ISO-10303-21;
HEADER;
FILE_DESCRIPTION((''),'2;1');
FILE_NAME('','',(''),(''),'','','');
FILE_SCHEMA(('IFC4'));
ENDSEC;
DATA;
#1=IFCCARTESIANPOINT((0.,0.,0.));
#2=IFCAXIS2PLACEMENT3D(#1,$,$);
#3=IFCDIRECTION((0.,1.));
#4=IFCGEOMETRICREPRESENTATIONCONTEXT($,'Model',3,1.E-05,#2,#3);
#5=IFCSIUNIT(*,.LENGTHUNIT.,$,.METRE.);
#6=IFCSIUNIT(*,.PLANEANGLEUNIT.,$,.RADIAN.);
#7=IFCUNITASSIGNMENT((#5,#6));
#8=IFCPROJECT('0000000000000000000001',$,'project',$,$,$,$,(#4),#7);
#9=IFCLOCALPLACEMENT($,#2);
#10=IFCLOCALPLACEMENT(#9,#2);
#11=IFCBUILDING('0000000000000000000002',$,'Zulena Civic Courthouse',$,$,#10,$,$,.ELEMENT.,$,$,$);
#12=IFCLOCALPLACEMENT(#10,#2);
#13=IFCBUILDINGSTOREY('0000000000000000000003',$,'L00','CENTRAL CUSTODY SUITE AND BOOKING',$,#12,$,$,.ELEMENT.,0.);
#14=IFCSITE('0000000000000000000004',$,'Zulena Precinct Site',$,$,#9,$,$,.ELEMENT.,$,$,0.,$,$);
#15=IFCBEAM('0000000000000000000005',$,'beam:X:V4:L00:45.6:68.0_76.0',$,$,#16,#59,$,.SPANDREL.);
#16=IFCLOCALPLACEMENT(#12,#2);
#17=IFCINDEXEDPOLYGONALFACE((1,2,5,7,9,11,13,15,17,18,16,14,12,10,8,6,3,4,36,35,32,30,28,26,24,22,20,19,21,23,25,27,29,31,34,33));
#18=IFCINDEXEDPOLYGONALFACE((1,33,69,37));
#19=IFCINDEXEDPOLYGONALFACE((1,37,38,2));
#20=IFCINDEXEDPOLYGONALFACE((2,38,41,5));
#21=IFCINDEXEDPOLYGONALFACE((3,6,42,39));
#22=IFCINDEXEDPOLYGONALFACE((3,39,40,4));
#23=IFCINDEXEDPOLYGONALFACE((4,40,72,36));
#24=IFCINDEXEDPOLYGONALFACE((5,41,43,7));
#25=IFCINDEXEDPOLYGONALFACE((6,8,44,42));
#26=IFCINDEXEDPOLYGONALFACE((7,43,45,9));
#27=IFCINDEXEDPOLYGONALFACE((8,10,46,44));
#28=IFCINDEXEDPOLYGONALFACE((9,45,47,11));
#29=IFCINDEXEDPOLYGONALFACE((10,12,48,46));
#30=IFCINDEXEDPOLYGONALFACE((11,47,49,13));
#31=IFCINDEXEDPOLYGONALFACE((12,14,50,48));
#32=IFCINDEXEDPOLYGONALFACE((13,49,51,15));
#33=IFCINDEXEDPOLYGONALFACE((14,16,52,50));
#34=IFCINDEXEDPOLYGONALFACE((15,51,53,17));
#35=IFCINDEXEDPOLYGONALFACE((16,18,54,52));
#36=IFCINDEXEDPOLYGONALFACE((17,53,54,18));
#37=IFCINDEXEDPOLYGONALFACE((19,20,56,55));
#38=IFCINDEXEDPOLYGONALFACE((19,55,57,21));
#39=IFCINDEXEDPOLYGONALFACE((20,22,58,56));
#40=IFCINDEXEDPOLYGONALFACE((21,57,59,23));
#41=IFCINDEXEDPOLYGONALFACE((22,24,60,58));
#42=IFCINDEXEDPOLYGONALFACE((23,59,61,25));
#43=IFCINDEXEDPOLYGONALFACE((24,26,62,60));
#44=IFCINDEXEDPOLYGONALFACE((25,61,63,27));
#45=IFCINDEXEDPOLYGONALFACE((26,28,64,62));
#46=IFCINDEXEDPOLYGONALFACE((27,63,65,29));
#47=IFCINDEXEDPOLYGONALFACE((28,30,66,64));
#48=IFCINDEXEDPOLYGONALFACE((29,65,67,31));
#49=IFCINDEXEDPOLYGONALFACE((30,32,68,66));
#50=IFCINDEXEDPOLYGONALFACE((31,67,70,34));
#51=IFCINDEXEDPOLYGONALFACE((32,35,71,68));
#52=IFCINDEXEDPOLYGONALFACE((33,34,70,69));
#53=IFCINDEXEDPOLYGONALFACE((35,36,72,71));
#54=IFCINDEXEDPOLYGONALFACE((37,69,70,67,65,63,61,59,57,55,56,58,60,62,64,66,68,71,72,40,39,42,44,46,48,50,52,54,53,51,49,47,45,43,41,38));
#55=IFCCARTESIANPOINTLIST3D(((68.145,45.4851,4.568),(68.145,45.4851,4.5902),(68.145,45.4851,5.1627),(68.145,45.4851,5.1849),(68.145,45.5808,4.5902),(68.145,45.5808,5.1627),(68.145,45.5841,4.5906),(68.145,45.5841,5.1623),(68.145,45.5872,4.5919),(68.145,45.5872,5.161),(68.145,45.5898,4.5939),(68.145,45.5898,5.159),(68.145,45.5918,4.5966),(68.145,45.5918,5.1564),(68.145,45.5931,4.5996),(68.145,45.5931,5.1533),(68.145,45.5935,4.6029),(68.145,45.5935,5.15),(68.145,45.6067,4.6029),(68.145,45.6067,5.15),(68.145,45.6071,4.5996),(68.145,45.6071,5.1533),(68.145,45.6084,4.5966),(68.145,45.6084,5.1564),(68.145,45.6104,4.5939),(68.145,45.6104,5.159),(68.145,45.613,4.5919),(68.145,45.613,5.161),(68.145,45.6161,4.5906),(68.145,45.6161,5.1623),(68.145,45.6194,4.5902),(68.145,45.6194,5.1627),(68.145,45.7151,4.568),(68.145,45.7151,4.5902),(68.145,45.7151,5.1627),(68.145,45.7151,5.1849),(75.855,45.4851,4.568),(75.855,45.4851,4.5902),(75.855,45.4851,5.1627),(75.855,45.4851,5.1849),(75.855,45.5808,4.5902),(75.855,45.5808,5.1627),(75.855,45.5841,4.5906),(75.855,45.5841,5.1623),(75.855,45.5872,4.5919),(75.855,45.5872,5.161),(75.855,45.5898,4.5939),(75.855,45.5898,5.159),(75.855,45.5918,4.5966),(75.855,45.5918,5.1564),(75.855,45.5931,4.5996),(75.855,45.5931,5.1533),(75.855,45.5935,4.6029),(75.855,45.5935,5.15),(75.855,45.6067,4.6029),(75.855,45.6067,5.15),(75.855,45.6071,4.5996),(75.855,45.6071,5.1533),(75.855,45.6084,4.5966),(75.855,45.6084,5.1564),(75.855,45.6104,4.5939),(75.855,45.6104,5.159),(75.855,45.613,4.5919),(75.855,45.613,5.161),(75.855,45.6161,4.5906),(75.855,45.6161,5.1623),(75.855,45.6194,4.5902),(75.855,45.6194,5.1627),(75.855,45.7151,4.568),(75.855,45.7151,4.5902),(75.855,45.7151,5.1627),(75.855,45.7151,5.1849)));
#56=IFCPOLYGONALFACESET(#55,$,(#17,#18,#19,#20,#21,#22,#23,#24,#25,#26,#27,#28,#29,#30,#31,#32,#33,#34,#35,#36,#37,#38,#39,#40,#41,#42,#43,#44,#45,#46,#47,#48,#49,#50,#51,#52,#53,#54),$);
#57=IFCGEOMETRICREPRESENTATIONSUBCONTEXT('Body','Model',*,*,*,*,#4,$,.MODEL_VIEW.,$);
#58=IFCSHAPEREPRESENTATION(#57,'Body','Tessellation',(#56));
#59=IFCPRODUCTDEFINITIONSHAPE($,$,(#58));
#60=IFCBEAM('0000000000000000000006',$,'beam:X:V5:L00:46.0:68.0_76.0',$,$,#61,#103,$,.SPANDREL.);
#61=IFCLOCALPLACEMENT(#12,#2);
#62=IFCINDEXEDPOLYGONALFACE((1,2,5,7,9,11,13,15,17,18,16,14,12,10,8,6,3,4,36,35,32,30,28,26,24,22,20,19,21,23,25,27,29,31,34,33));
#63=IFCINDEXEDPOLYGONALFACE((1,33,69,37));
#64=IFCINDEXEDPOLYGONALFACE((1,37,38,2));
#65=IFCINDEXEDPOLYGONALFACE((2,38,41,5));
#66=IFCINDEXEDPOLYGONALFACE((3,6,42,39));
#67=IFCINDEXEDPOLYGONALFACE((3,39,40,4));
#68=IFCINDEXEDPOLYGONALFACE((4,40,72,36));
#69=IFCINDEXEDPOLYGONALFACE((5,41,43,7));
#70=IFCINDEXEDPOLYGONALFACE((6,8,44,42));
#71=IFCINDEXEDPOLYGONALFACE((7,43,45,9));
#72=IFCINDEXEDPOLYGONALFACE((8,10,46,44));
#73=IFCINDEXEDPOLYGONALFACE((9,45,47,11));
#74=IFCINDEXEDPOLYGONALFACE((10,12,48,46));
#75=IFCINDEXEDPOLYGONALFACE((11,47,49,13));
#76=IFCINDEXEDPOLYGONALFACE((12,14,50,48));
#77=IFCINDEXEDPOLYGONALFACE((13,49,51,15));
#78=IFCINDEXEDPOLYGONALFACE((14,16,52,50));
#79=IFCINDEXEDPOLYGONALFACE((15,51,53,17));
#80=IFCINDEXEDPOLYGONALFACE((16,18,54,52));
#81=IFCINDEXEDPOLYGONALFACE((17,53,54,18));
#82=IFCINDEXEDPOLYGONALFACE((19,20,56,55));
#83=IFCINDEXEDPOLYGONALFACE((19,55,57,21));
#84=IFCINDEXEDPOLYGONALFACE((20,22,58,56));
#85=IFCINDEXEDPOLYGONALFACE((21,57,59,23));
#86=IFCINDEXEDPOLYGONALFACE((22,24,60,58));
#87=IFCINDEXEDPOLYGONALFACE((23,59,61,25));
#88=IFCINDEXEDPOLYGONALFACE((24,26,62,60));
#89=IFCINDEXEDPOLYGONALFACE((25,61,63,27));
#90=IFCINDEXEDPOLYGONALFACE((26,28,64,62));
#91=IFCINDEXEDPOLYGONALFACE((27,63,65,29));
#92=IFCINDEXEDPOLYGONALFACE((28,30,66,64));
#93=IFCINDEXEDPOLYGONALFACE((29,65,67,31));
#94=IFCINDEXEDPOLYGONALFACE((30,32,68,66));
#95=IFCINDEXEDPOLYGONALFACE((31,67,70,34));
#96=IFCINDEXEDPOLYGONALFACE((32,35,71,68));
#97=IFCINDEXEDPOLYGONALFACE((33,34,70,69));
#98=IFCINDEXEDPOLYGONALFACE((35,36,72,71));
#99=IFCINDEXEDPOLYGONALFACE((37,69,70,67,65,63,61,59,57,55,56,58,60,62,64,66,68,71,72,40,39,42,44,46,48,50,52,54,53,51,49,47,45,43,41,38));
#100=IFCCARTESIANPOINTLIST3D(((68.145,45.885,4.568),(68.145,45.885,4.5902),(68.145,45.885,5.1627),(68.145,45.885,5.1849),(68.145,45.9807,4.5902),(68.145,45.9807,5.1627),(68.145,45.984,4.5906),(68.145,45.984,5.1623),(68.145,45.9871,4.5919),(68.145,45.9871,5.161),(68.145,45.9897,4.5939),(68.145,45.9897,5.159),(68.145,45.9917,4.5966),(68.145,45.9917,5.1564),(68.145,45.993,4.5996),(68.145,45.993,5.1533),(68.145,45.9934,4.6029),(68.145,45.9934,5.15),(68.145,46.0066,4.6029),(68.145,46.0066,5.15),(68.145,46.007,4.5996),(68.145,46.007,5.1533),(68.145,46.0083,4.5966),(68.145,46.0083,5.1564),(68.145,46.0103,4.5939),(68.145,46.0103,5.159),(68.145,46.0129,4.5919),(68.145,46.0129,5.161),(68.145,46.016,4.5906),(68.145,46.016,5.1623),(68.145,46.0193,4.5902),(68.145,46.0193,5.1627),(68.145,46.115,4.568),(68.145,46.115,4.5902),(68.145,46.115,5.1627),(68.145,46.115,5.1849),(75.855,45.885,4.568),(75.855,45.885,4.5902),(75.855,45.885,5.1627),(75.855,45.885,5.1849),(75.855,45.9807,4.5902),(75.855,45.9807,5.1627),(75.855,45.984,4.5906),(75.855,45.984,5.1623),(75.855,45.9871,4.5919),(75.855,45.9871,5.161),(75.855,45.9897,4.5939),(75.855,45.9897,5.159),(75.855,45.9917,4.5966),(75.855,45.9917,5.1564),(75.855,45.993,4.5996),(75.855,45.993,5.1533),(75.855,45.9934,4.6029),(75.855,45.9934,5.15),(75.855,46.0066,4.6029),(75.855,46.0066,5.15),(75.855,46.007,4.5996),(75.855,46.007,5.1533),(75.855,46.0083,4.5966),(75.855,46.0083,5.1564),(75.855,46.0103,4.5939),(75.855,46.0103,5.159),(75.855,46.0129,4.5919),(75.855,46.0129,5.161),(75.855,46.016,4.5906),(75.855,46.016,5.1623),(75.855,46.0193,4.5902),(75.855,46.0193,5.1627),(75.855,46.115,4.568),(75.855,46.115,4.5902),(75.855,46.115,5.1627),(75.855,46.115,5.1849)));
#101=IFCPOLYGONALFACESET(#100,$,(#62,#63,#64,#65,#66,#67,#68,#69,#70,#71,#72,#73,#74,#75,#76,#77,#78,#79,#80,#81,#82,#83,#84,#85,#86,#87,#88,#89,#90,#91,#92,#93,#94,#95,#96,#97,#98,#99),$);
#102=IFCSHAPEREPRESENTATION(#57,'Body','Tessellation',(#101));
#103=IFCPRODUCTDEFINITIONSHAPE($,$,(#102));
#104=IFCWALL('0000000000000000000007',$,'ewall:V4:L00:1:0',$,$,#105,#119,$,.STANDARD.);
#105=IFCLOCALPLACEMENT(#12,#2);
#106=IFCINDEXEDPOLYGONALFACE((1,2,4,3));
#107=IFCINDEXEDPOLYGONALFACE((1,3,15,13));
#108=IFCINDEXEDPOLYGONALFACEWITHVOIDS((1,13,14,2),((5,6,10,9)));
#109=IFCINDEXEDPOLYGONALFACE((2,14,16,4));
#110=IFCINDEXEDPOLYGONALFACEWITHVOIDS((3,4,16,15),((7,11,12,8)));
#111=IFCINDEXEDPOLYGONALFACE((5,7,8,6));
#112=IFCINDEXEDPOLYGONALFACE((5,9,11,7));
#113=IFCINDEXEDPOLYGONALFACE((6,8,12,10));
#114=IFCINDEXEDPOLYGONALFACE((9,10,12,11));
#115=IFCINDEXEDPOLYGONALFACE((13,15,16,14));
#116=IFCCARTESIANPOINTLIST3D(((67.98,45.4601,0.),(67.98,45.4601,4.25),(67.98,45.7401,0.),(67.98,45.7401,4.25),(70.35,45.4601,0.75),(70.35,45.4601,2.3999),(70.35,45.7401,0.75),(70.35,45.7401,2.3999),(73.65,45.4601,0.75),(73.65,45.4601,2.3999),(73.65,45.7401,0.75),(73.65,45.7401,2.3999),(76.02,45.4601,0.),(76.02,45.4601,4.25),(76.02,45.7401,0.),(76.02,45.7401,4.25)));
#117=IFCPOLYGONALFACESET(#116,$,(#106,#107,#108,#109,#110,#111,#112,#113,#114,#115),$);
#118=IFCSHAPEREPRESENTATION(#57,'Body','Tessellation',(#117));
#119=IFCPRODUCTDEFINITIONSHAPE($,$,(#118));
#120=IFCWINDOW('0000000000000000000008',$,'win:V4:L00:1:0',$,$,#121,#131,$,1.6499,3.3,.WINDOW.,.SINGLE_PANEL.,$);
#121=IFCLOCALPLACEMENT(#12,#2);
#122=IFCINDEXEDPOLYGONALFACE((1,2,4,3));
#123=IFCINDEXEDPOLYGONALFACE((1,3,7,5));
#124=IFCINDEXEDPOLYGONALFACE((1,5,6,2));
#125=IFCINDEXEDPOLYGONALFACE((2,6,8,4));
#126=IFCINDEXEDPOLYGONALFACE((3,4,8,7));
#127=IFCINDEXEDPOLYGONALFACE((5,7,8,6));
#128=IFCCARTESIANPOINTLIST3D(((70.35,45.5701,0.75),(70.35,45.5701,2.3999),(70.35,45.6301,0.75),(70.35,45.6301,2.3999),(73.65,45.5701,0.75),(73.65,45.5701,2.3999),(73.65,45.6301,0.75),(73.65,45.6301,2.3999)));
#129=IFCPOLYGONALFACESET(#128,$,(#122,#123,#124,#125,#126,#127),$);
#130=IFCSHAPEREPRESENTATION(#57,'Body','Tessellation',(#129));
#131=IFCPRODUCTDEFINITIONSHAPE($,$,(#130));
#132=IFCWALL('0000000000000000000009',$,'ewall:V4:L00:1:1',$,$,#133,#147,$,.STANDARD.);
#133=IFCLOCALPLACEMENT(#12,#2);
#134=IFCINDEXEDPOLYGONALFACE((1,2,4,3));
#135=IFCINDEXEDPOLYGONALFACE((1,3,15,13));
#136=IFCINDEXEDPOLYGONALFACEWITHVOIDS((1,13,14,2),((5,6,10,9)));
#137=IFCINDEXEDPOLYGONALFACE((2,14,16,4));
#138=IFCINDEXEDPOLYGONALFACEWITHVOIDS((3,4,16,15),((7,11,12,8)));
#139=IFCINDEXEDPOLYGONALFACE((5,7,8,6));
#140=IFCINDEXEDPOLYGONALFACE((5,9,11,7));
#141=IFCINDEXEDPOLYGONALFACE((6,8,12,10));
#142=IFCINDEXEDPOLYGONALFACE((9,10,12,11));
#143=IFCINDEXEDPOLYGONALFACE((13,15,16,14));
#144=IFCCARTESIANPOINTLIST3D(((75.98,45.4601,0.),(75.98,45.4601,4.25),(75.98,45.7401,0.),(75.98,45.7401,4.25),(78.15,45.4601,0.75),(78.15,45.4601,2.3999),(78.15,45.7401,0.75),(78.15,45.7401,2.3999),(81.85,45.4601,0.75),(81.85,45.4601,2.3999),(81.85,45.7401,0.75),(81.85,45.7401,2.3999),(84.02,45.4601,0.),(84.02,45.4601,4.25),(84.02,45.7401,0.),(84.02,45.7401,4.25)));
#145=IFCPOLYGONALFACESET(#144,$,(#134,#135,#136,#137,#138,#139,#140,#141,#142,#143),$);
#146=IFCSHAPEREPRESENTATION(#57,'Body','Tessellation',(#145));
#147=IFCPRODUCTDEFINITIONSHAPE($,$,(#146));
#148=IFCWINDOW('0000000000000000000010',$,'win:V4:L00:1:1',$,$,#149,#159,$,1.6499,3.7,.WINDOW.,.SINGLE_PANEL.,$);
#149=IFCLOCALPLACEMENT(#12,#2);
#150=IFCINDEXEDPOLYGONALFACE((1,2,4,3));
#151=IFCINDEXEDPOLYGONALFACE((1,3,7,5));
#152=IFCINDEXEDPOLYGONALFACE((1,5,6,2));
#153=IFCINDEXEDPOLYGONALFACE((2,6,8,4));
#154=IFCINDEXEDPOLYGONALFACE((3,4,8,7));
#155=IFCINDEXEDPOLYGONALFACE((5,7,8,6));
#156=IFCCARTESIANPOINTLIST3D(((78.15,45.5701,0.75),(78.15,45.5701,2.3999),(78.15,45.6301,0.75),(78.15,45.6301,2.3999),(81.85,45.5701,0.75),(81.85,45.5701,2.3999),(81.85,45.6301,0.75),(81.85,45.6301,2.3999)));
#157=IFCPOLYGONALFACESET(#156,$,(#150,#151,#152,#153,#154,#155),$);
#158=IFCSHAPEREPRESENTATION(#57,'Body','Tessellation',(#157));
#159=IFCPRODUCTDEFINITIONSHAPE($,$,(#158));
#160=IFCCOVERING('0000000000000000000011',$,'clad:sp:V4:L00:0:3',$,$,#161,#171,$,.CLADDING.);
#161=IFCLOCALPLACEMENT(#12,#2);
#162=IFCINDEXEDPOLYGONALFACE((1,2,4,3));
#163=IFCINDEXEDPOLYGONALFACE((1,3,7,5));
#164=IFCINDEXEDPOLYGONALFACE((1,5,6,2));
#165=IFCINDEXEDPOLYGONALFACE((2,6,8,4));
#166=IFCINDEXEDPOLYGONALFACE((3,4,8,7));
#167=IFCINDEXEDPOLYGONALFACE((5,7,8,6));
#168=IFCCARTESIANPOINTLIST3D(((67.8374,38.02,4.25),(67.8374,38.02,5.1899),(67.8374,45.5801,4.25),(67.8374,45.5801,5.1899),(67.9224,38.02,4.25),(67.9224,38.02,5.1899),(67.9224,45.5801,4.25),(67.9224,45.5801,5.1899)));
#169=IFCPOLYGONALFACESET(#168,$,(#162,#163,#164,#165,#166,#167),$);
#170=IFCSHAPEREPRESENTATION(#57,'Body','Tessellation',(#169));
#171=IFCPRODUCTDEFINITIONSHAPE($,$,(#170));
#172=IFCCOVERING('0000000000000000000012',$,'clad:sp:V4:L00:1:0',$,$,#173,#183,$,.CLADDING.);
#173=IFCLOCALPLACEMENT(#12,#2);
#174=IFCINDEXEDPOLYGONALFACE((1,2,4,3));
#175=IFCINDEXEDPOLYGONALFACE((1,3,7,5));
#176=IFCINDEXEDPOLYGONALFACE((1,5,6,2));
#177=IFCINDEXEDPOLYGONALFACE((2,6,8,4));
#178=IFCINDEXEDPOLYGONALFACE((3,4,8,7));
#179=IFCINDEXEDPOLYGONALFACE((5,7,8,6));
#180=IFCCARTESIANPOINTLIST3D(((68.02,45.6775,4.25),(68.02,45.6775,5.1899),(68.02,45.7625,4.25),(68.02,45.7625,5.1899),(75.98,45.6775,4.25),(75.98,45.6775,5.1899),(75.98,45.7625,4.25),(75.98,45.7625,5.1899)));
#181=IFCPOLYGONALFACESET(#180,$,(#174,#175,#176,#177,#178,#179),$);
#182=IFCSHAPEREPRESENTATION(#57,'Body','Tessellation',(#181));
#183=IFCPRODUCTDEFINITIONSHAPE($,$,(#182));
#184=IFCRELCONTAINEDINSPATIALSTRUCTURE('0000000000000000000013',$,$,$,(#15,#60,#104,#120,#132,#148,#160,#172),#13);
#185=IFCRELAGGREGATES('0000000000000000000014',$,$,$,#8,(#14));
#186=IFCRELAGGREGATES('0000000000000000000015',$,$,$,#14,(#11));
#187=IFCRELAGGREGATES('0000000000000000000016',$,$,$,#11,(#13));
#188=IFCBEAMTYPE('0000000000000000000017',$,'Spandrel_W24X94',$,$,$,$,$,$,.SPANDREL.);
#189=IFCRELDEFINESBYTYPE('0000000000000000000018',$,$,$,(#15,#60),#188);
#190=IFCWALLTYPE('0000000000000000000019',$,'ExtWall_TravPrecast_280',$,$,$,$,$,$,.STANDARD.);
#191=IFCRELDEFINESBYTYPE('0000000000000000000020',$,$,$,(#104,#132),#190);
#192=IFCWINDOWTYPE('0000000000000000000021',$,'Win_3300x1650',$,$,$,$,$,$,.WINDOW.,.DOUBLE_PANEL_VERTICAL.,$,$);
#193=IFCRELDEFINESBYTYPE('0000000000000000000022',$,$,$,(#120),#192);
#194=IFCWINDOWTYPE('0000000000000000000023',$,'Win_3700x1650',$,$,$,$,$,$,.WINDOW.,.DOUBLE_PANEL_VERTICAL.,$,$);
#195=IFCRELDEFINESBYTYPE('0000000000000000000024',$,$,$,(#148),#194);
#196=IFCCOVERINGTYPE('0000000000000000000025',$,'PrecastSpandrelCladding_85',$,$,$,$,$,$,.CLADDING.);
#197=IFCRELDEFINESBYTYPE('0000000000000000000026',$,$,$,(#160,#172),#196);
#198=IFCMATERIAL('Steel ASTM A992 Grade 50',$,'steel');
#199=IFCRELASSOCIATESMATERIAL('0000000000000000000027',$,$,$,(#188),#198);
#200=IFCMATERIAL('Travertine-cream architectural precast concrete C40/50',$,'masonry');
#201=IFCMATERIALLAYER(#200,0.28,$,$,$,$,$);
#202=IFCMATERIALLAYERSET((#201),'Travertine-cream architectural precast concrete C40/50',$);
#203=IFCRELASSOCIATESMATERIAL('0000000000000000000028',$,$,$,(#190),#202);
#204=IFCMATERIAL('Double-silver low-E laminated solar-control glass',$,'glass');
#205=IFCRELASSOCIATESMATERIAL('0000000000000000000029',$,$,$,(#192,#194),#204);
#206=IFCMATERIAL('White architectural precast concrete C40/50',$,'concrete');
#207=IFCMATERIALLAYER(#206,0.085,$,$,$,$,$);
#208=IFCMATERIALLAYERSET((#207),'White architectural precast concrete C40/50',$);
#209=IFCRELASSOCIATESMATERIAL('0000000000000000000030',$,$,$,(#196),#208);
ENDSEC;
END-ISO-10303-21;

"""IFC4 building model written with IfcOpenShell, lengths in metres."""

from ifc_helpers import new_model, si_unit, direction, frame, frame_2d, origin, origin_2d, place, context, subcontext, project, spatial, rectangle, i_section, extrude, material, layer, layer_set, material_profile, profile_set, type_object, element, fill, save


model = new_model("IFC4")

# Units and contexts
model_context = context("Model", 3, precision=1e-05, world=origin(), true_north=direction((0.0, 1.0)))
body_context = subcontext(model_context, "Body", "Model", "MODEL_VIEW")
ifc_project = project(units=[si_unit("LENGTHUNIT", "METRE"), si_unit("PLANEANGLEUNIT", "RADIAN")], contexts=[model_context])

# Site, building, storey
site_placement = place(None, origin())
site = spatial("IfcSite", under=ifc_project, at=site_placement, Name="Zulena Precinct Site", CompositionType="ELEMENT", RefElevation=0.0)
building_placement = place(site_placement, origin())
building = spatial("IfcBuilding", under=site, at=building_placement, Name="Zulena Civic Courthouse", CompositionType="ELEMENT")
storey_placement = place(building_placement, origin())
storey = spatial("IfcBuildingStorey", under=building, at=storey_placement, Name="L00", Description="CENTRAL CUSTODY SUITE AND BOOKING", CompositionType="ELEMENT", Elevation=0.0)

# Shared definitions
ifc_material_1 = material(Name="Steel ASTM A992 Grade 50", Category="steel")

# Beams
ifc_material_profile_1 = material_profile(ifc_material_1, i_section(OverallWidth=0.23, OverallDepth=0.6169, WebThickness=0.0132, FlangeThickness=0.0222, FilletRadius=0.0127, at=origin_2d()), Name="W24X94")
ifc_profile_set_1 = profile_set([ifc_material_profile_1], Name="Steel ASTM A992 Grade 50")
beam_type_1 = type_object("IfcBeamType", Name="Spandrel_W24X94", PredefinedType="SPANDREL", material=ifc_profile_set_1)
for number, where, z_axis, x_axis, name in (
    (1, (68.145, 45.6001, 4.8765), (1.0, 0.0, 0.0), (0.0, 1.0, 0.0), "beam:X:V4:L00:45.6:68.0_76.0"),
    (2, (68.145, 46.0, 4.8765), (1.0, 0.0, 0.0), (0.0, 1.0, 0.0), "beam:X:V5:L00:46.0:68.0_76.0"),
):
    element("IfcBeam", number, at=place(storey_placement, frame(where, z_axis=z_axis, x_axis=x_axis)), inside=storey, type_object=beam_type_1, Name=name, PredefinedType="SPANDREL", context=body_context, shape_type="SweptSolid", body=[
        extrude(i_section(OverallWidth=0.23, OverallDepth=0.6169, WebThickness=0.0132, FlangeThickness=0.0222, FilletRadius=0.0127, at=origin_2d()), origin(), (0.0, 0.0, 1.0), 7.71),
    ])

# Walls, openings, windows
ifc_material_2 = material(Name="Travertine-cream architectural precast concrete C40/50", Category="masonry")
ifc_layer_1 = layer(ifc_material_2, 0.28)
ifc_layer_set_1 = layer_set([ifc_layer_1], Name="Travertine-cream architectural precast concrete C40/50")
wall_type_1 = type_object("IfcWallType", Name="ExtWall_TravPrecast_280", PredefinedType="STANDARD", material=ifc_layer_set_1)
wall_1_placement = place(storey_placement, frame((67.98, 45.6001, 0.0), z_axis=(0.0, 0.0, 1.0), x_axis=(1.0, 0.0, 0.0)))
wall_1 = element("IfcWall", 3, at=wall_1_placement, inside=storey, type_object=wall_type_1, Name="ewall:V4:L00:1:0", PredefinedType="STANDARD", context=body_context, shape_type="SweptSolid", body=[
    extrude(rectangle(XDim=8.04, YDim=0.28, at=frame_2d((4.02, 0.0))), origin(), (0.0, 0.0, 1.0), 4.25),
])
opening_1_placement = place(wall_1_placement, frame((2.3701, 0.0, 0.75)))
opening_1 = element("IfcOpeningElement", 4, at=opening_1_placement, cuts=wall_1, PredefinedType="OPENING", context=body_context, shape_type="SweptSolid", body=[
    extrude(rectangle(XDim=3.3, YDim=1.6499, at=frame_2d((1.6499, 0.825))), frame((0.0, 0.1499, 0.0), z_axis=(0.0, -1.0, 0.0), x_axis=(1.0, 0.0, 0.0)), (0.0, 0.0, 1.0), 0.3),
])
ifc_material_3 = material(Name="Double-silver low-E laminated solar-control glass", Category="glass")
window_type_1 = type_object("IfcWindowType", Name="Win_3300x1650", PartitioningType="DOUBLE_PANEL_VERTICAL", PredefinedType="WINDOW", material=ifc_material_3)
window_1_placement = place(opening_1_placement, origin())
window_1 = element("IfcWindow", 5, at=window_1_placement, inside=storey, type_object=window_type_1, Name="win:V4:L00:1:0", OverallHeight=1.6499, OverallWidth=3.3, PartitioningType="SINGLE_PANEL", PredefinedType="WINDOW", context=body_context, shape_type="SweptSolid", body=[
    extrude(rectangle(XDim=3.3, YDim=1.6499, at=frame_2d((1.6499, 0.825))), frame((0.0, 0.03, 0.0), z_axis=(0.0, -1.0, 0.0), x_axis=(1.0, 0.0, 0.0)), (0.0, 0.0, 1.0), 0.0601),
])
fill(opening_1, window_1)
wall_2_placement = place(storey_placement, frame((75.98, 45.6001, 0.0), z_axis=(0.0, 0.0, 1.0), x_axis=(1.0, 0.0, 0.0)))
wall_2 = element("IfcWall", 6, at=wall_2_placement, inside=storey, type_object=wall_type_1, Name="ewall:V4:L00:1:1", PredefinedType="STANDARD", context=body_context, shape_type="SweptSolid", body=[
    extrude(rectangle(XDim=8.04, YDim=0.28, at=frame_2d((4.02, 0.0))), origin(), (0.0, 0.0, 1.0), 4.25),
])
opening_2_placement = place(wall_2_placement, frame((2.1699, 0.0, 0.75)))
opening_2 = element("IfcOpeningElement", 7, at=opening_2_placement, cuts=wall_2, PredefinedType="OPENING", context=body_context, shape_type="SweptSolid", body=[
    extrude(rectangle(XDim=3.7, YDim=1.6499, at=frame_2d((1.8501, 0.825))), frame((0.0, 0.1499, 0.0), z_axis=(0.0, -1.0, 0.0), x_axis=(1.0, 0.0, 0.0)), (0.0, 0.0, 1.0), 0.3),
])
window_type_2 = type_object("IfcWindowType", Name="Win_3700x1650", PartitioningType="DOUBLE_PANEL_VERTICAL", PredefinedType="WINDOW", material=ifc_material_3)
window_2_placement = place(opening_2_placement, origin())
window_2 = element("IfcWindow", 8, at=window_2_placement, inside=storey, type_object=window_type_2, Name="win:V4:L00:1:1", OverallHeight=1.6499, OverallWidth=3.7, PartitioningType="SINGLE_PANEL", PredefinedType="WINDOW", context=body_context, shape_type="SweptSolid", body=[
    extrude(rectangle(XDim=3.7, YDim=1.6499, at=frame_2d((1.8501, 0.825))), frame((0.0, 0.03, 0.0), z_axis=(0.0, -1.0, 0.0), x_axis=(1.0, 0.0, 0.0)), (0.0, 0.0, 1.0), 0.0601),
])
fill(opening_2, window_2)

# Coverings
ifc_material_4 = material(Name="White architectural precast concrete C40/50", Category="concrete")
ifc_layer_2 = layer(ifc_material_4, 0.085)
ifc_layer_set_2 = layer_set([ifc_layer_2], Name="White architectural precast concrete C40/50")
covering_type = type_object("IfcCoveringType", Name="PrecastSpandrelCladding_85", PredefinedType="CLADDING", material=ifc_layer_set_2)
covering_placement = place(storey_placement, frame((67.8799, 41.8, 4.25), z_axis=(0.0, 0.0, 1.0), x_axis=(0.0, 1.0, 0.0)))
element("IfcCovering", 9, at=covering_placement, inside=storey, type_object=covering_type, Name="clad:sp:V4:L00:0:3", PredefinedType="CLADDING", context=body_context, shape_type="SweptSolid", body=[
    extrude(rectangle(XDim=7.5601, YDim=0.085, at=origin_2d()), origin(), (0.0, 0.0, 1.0), 0.9399),
])
for number, where, z_axis, x_axis, name in (
    (10, (72.0, 45.72, 4.25), (0.0, 0.0, 1.0), (1.0, 0.0, 0.0), "clad:sp:V4:L00:1:0"),
):
    element("IfcCovering", number, at=place(storey_placement, frame(where, z_axis=z_axis, x_axis=x_axis)), inside=storey, type_object=covering_type, Name=name, PredefinedType="CLADDING", context=body_context, shape_type="SweptSolid", body=[
        extrude(rectangle(XDim=7.96, YDim=0.085, at=origin_2d()), origin(), (0.0, 0.0, 1.0), 0.9399),
    ])

save(model, "model.ifc")
